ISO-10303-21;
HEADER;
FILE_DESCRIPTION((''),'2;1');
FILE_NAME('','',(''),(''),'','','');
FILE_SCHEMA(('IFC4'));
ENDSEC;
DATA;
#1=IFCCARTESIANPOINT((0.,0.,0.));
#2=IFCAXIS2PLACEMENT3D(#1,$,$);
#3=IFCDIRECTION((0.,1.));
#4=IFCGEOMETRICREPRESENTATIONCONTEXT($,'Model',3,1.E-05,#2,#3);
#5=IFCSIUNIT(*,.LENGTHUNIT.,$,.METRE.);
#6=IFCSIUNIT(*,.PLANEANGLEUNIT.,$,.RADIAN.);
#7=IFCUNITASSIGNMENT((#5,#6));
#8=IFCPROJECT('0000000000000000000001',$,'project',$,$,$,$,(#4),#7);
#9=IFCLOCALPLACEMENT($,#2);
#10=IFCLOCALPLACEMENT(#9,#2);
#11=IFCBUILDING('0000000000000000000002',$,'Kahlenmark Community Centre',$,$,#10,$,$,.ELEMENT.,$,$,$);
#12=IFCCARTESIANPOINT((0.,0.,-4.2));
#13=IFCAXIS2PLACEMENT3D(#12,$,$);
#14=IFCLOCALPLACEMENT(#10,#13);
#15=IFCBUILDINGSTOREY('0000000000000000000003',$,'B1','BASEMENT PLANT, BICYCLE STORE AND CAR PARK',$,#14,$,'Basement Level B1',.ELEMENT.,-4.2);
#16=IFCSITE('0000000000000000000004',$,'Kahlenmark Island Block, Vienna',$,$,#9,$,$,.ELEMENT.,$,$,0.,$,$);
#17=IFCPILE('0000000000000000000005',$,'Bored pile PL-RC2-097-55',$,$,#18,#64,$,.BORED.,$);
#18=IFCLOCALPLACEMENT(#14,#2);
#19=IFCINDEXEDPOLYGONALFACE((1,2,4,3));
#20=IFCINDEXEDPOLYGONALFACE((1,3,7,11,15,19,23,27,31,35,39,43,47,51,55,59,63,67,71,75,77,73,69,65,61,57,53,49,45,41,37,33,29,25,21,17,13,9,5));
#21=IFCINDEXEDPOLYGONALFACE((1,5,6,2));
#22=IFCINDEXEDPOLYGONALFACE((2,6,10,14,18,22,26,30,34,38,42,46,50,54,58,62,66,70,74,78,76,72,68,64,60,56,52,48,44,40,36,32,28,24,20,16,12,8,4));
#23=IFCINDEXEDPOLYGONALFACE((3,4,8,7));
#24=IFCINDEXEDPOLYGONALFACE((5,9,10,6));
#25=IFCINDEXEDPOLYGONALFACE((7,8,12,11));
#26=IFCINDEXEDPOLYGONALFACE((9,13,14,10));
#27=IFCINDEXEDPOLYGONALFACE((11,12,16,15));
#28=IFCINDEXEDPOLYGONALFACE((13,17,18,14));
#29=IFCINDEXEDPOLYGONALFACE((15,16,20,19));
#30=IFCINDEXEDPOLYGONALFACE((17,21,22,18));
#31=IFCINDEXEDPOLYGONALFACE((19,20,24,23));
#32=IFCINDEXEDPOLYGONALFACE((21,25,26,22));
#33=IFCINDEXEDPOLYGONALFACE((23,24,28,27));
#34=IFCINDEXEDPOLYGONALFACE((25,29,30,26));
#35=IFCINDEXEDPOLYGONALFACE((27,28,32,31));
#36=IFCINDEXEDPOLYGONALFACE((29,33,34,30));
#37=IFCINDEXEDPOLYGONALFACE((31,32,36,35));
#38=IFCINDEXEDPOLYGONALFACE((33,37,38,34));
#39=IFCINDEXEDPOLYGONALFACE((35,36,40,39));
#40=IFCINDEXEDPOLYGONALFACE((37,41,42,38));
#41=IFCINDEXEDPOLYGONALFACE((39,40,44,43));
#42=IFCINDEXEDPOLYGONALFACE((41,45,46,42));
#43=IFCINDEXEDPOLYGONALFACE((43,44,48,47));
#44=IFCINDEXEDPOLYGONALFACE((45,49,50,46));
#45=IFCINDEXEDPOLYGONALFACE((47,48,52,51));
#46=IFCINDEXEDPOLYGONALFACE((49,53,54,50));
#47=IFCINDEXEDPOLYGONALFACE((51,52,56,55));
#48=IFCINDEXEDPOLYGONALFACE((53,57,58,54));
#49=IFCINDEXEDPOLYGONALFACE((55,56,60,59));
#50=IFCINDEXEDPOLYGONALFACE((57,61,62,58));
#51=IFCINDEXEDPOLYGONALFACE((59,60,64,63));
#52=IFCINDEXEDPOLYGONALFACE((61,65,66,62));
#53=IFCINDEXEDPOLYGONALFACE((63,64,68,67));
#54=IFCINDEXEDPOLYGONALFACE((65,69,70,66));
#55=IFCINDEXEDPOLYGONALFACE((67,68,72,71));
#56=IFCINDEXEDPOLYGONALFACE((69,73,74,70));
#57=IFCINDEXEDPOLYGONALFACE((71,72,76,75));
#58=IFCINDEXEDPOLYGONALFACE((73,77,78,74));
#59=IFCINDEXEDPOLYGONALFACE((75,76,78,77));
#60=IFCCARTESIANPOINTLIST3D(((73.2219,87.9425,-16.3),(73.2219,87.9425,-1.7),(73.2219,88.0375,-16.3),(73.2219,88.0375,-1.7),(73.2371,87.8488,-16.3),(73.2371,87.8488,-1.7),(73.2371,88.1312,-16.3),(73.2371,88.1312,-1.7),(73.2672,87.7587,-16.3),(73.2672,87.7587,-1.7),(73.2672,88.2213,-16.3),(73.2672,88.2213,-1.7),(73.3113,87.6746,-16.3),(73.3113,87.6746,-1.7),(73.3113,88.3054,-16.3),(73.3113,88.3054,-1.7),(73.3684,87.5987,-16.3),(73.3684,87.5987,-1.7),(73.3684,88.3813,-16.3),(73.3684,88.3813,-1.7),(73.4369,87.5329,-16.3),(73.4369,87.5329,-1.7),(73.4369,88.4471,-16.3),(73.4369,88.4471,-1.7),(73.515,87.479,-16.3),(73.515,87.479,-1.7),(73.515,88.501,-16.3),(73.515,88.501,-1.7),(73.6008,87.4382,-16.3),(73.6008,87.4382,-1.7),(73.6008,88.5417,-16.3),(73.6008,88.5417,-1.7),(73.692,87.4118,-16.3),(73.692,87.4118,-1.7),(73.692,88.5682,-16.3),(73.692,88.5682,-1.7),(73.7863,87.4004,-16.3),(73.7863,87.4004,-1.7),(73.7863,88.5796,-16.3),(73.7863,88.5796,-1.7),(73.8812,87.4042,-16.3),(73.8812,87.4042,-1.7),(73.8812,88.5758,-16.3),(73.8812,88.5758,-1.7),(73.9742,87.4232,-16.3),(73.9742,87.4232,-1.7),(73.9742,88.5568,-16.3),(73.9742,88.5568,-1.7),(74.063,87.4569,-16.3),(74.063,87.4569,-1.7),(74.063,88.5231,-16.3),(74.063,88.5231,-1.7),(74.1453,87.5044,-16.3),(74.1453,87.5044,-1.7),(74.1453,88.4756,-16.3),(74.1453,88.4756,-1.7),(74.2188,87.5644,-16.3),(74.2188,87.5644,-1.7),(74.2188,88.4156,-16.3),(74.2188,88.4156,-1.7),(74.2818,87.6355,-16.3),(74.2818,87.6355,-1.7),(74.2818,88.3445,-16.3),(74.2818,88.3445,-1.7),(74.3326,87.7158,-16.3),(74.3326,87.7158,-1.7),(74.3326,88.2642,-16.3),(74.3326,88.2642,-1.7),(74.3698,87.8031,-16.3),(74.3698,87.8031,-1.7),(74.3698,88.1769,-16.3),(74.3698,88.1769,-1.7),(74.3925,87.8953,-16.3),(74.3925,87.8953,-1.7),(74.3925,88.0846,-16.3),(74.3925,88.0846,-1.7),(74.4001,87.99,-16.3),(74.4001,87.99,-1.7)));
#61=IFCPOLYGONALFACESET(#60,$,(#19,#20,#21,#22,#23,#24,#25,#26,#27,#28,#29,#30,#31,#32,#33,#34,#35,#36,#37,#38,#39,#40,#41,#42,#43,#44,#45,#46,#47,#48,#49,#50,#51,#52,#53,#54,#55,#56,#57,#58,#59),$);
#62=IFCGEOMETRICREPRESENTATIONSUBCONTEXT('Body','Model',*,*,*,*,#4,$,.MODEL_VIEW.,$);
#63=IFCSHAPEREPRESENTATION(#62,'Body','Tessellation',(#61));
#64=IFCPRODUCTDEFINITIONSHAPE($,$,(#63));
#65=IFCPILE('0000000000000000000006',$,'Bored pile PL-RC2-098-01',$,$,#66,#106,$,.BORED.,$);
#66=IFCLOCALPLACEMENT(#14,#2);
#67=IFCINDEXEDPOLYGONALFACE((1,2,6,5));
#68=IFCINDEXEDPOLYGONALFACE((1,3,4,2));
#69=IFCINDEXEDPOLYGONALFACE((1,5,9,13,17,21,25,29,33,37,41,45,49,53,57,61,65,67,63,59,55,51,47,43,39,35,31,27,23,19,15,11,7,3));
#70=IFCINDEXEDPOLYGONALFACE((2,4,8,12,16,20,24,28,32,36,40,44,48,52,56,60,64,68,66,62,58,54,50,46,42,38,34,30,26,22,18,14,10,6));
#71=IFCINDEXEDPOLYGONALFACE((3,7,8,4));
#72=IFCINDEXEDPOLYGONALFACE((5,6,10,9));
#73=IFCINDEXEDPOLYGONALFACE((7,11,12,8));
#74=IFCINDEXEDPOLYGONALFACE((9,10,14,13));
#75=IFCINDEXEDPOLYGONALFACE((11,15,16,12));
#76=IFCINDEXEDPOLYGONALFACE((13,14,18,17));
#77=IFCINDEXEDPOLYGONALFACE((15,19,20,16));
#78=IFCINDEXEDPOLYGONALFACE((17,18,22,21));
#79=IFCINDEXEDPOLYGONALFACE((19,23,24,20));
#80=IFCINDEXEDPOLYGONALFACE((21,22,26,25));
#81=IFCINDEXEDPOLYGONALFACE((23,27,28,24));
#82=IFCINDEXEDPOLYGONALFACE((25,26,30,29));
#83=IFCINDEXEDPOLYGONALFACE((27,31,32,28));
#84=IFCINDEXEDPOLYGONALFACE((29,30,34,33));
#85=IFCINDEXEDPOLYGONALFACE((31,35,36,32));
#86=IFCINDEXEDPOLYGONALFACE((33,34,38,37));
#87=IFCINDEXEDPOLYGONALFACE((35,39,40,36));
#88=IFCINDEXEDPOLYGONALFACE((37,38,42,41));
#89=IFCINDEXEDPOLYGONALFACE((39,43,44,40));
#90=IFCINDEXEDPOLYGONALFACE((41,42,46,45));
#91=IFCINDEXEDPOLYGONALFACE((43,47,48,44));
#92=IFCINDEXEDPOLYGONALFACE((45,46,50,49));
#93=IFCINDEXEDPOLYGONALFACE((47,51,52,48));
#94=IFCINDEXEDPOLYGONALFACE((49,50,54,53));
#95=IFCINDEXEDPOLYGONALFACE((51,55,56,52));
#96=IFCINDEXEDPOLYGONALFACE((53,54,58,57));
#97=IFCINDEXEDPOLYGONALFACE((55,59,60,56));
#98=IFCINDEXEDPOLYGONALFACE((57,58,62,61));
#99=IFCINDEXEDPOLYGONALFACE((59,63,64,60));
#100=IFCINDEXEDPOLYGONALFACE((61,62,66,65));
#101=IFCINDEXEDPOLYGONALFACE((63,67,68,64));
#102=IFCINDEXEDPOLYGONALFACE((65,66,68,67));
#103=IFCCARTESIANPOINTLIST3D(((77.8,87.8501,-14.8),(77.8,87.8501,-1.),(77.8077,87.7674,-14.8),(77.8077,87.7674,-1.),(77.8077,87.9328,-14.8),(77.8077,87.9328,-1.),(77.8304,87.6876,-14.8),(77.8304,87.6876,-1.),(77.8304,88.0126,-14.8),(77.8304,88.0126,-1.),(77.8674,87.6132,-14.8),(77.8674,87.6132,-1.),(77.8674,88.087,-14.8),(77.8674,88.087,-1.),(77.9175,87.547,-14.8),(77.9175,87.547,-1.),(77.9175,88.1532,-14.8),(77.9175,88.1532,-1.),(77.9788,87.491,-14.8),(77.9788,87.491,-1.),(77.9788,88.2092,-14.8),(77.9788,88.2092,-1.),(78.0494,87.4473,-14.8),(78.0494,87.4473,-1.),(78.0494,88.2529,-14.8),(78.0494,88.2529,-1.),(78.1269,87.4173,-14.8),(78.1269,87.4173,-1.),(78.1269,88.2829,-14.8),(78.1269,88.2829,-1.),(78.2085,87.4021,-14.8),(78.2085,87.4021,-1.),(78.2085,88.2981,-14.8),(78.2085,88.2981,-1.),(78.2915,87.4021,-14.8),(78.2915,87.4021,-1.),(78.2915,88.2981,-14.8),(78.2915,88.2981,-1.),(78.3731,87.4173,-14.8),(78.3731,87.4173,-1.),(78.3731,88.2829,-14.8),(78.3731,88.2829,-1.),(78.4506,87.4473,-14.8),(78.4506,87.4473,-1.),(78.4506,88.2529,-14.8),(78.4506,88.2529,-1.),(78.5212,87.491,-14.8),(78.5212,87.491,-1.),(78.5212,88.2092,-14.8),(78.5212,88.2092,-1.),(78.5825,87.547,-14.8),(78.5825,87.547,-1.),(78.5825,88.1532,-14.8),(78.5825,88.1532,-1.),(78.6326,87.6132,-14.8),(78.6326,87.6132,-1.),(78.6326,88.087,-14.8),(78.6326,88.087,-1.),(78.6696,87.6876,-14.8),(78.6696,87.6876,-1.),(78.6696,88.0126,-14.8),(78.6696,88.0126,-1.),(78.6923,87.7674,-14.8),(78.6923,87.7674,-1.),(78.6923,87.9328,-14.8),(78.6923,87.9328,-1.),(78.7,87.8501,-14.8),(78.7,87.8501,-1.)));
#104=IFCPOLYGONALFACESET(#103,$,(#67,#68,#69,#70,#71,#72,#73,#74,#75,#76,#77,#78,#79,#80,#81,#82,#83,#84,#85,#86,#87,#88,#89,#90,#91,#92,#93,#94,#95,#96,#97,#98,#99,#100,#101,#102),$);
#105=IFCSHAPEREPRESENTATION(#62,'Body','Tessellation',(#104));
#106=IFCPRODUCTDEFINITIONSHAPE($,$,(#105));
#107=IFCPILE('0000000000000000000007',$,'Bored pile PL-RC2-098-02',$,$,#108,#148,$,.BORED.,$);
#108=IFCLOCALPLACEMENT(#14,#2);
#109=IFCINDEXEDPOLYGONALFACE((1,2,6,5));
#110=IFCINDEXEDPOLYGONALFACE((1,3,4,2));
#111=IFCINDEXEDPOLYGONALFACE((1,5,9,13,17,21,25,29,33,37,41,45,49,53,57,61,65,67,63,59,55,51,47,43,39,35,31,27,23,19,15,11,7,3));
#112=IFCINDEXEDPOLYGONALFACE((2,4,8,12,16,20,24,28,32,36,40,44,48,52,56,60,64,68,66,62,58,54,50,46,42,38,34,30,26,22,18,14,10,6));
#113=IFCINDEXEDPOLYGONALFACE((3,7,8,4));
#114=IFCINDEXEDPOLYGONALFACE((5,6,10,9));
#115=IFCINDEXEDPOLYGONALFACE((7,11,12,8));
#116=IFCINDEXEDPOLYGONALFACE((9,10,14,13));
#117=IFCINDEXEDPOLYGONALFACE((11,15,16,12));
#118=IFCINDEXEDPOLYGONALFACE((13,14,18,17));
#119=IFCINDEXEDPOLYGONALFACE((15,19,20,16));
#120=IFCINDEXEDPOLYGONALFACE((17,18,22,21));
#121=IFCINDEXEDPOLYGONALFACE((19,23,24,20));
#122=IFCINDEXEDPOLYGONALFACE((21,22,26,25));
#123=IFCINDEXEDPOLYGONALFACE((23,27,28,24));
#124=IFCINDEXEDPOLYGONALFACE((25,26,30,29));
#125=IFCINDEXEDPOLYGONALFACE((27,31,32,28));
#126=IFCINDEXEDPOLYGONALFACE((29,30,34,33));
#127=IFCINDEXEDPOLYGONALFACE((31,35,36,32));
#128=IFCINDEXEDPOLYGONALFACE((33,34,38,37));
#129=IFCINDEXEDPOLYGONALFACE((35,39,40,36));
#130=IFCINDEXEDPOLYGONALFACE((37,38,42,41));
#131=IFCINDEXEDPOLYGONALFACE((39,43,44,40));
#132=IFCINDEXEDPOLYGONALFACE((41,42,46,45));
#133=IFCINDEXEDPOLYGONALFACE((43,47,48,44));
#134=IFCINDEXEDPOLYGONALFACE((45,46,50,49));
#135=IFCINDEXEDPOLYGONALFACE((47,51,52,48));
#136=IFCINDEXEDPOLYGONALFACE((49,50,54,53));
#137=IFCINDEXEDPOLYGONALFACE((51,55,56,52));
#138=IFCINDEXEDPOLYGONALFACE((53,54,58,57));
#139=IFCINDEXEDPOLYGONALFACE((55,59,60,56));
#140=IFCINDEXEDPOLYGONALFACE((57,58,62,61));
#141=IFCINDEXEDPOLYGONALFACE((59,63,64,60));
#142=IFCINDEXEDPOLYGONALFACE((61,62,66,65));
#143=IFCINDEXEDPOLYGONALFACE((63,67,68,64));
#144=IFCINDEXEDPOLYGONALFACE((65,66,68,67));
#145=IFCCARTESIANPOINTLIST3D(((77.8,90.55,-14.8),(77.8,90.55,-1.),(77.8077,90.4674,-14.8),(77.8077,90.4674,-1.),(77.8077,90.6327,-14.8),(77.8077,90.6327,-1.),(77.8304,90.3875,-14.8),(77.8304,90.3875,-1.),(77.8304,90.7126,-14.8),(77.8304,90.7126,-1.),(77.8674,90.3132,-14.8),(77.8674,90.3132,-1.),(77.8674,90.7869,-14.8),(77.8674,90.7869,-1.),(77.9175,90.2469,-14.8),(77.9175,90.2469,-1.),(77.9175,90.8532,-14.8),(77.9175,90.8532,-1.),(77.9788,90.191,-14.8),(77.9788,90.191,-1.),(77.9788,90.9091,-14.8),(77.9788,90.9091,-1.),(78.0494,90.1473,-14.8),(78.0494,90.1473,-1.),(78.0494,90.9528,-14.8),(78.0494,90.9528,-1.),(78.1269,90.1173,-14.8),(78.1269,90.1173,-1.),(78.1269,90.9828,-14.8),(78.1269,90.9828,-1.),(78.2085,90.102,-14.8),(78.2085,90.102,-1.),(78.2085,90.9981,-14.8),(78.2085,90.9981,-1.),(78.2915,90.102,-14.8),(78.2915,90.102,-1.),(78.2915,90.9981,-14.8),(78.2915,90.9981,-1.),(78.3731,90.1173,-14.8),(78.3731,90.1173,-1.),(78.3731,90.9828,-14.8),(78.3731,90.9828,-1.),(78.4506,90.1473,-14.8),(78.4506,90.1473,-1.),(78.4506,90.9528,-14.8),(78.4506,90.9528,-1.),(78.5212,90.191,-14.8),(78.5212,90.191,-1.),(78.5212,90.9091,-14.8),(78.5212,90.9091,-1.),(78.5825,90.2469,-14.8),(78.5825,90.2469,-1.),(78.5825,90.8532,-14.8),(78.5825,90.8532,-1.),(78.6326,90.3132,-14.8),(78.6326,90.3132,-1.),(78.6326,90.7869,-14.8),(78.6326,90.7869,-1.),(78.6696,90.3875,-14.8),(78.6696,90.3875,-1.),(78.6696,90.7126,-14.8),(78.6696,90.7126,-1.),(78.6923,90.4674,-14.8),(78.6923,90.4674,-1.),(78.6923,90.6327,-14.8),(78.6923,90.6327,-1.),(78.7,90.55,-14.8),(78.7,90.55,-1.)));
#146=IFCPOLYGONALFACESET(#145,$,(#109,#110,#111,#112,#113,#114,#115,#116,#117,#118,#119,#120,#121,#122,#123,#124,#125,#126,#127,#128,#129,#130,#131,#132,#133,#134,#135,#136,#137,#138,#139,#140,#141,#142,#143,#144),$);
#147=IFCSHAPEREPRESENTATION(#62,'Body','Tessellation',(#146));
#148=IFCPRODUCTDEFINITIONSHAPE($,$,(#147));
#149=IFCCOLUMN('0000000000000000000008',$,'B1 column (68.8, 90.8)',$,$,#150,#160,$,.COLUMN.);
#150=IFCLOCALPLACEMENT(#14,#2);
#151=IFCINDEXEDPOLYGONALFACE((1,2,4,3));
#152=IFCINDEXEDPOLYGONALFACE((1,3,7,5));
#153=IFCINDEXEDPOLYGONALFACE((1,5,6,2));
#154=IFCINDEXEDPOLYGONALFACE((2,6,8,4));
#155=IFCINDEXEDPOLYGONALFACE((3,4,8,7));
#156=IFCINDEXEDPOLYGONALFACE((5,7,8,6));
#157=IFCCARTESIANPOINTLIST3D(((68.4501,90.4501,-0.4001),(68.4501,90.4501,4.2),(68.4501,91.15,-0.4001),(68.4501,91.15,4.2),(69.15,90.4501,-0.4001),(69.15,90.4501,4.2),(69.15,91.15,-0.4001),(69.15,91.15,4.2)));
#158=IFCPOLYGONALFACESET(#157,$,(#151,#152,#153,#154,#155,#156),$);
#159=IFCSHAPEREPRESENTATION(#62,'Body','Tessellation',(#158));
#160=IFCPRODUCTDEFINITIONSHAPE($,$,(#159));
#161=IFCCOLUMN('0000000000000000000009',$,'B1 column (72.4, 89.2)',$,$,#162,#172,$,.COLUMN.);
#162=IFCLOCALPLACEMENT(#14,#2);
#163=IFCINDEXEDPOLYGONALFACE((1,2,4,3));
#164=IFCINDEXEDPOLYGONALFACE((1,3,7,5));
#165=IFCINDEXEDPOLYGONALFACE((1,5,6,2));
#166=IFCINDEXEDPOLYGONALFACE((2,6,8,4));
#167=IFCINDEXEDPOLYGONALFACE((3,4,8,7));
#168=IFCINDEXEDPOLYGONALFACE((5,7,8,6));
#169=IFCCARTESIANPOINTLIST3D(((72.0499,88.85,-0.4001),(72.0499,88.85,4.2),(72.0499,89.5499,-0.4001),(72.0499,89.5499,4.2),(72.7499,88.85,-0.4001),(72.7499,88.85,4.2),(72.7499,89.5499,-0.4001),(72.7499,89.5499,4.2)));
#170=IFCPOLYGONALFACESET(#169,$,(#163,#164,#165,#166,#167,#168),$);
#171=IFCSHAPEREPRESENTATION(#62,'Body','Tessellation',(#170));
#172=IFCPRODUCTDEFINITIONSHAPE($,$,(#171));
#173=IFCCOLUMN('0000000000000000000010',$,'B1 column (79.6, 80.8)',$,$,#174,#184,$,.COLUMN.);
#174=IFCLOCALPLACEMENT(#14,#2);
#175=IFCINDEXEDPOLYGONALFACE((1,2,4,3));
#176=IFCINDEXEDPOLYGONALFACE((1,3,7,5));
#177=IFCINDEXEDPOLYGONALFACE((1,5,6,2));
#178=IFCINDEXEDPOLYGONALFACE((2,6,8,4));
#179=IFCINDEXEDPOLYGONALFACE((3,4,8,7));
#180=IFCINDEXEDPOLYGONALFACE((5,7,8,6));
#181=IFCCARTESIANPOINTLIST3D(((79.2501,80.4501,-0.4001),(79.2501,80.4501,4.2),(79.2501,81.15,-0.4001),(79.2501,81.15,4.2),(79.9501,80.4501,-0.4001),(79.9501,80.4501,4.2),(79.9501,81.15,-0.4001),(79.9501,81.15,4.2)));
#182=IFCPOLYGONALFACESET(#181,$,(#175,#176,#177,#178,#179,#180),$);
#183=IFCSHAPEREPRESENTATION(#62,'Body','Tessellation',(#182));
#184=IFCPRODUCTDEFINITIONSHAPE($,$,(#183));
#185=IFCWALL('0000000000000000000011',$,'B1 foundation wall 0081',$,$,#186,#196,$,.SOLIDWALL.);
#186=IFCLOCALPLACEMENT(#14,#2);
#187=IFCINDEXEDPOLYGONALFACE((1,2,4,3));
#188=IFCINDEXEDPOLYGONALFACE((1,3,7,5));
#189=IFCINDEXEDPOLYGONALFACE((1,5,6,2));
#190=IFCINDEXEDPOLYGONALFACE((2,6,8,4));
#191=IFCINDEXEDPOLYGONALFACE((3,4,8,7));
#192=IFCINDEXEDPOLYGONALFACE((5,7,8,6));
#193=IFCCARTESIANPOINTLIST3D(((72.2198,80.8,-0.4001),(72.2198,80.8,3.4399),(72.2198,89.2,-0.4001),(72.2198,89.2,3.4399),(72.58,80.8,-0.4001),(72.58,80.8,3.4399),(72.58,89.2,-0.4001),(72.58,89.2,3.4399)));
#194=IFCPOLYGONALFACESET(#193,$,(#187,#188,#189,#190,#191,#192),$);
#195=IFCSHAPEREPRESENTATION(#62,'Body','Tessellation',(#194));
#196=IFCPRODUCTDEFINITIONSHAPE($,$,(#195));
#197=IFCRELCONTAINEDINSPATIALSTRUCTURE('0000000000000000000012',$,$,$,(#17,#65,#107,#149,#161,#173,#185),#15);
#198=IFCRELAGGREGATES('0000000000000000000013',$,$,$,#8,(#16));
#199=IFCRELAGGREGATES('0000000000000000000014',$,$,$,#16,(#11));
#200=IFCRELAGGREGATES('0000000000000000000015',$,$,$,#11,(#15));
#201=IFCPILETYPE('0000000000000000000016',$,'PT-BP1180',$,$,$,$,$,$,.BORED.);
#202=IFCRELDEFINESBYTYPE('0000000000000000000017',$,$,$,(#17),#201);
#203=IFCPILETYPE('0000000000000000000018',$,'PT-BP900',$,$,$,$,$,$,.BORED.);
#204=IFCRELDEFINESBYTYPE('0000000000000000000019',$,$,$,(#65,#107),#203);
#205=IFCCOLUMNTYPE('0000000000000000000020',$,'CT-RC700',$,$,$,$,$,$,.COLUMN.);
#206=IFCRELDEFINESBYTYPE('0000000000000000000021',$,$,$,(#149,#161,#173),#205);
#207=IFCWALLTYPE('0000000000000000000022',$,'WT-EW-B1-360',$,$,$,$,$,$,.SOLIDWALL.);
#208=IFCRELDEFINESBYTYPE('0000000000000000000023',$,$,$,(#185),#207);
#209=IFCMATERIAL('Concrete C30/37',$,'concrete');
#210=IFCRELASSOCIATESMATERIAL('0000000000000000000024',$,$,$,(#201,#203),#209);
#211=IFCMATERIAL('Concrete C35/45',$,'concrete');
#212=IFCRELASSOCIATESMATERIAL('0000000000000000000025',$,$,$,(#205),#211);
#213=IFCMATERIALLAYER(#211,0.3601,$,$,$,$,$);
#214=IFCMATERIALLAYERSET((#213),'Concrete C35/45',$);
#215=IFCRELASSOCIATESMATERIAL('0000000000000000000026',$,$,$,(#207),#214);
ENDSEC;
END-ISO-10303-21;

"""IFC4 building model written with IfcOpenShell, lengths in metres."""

from ifc_helpers import new_model, si_unit, direction, frame, frame_2d, origin, origin_2d, place, context, subcontext, project, spatial, rectangle, circle, extrude, material, layer, layer_set, material_profile, profile_set, type_object, element, save


model = new_model("IFC4")

# Units and contexts
model_context = context("Model", 3, precision=1e-05, world=origin(), true_north=direction((0.0, 1.0)))
body_context = subcontext(model_context, "Body", "Model", "MODEL_VIEW")
ifc_project = project(units=[si_unit("LENGTHUNIT", "METRE"), si_unit("PLANEANGLEUNIT", "RADIAN")], contexts=[model_context])

# Site, building, storey
site_placement = place(None, origin())
site = spatial("IfcSite", under=ifc_project, at=site_placement, Name="Kahlenmark Island Block, Vienna", CompositionType="ELEMENT", RefElevation=0.0)
building_placement = place(site_placement, origin())
building = spatial("IfcBuilding", under=site, at=building_placement, Name="Kahlenmark Community Centre", CompositionType="ELEMENT")
storey_placement = place(building_placement, frame((0.0, 0.0, -4.2)))
storey = spatial("IfcBuildingStorey", under=building, at=storey_placement, Name="B1", Description="BASEMENT PLANT, BICYCLE STORE AND CAR PARK", LongName="Basement Level B1", CompositionType="ELEMENT", Elevation=-4.2)

# Shared definitions
ifc_material_1 = material(Name="Concrete C30/37", Category="concrete")

# Piles
ifc_material_profile_1 = material_profile(ifc_material_1, circle(Radius=0.5901, at=origin_2d()), Name="BORED PILE 1180")
ifc_profile_set_1 = profile_set([ifc_material_profile_1], Name="Concrete C30/37")
pile_type_1 = type_object("IfcPileType", Name="PT-BP1180", PredefinedType="BORED", material=ifc_profile_set_1)
for number, where, z_axis, x_axis, name in (
    (1, (73.8101, 87.99, -1.7), (0.0, 0.0, -1.0), (1.0, 0.0, 0.0), "Bored pile PL-RC2-097-55"),
):
    element("IfcPile", number, at=place(storey_placement, frame(where, z_axis=z_axis, x_axis=x_axis)), inside=storey, type_object=pile_type_1, Name=name, PredefinedType="BORED", context=body_context, shape_type="SweptSolid", body=[
        extrude(circle(Radius=0.5901, at=origin_2d()), origin(), (0.0, 0.0, 1.0), 14.6001),
    ])
ifc_material_profile_2 = material_profile(ifc_material_1, circle(Radius=0.45, at=origin_2d()), Name="BORED PILE 900")
ifc_profile_set_2 = profile_set([ifc_material_profile_2], Name="Concrete C30/37")
pile_type_2 = type_object("IfcPileType", Name="PT-BP900", PredefinedType="BORED", material=ifc_profile_set_2)
for number, where, z_axis, x_axis, name in (
    (2, (78.25, 87.8501, -1.0), (0.0, 0.0, -1.0), (1.0, 0.0, 0.0), "Bored pile PL-RC2-098-01"),
    (3, (78.25, 90.55, -1.0), (0.0, 0.0, -1.0), (1.0, 0.0, 0.0), "Bored pile PL-RC2-098-02"),
):
    element("IfcPile", number, at=place(storey_placement, frame(where, z_axis=z_axis, x_axis=x_axis)), inside=storey, type_object=pile_type_2, Name=name, PredefinedType="BORED", context=body_context, shape_type="SweptSolid", body=[
        extrude(circle(Radius=0.45, at=origin_2d()), origin(), (0.0, 0.0, 1.0), 13.8),
    ])

# Columns
ifc_material_2 = material(Name="Concrete C35/45", Category="concrete")
ifc_material_profile_3 = material_profile(ifc_material_2, rectangle(XDim=0.7, YDim=0.7, at=origin_2d()), Name="RC 700x700")
ifc_profile_set_3 = profile_set([ifc_material_profile_3], Name="Concrete C35/45")
column_type = type_object("IfcColumnType", Name="CT-RC700", PredefinedType="COLUMN", material=ifc_profile_set_3)
for number, where, z_axis, x_axis, name in (
    (4, (68.8, 90.8, -0.4001), (0.0, 0.0, 1.0), (1.0, 0.0, 0.0), "B1 column (68.8, 90.8)"),
    (5, (72.3999, 89.2, -0.4001), (0.0, 0.0, 1.0), (1.0, 0.0, 0.0), "B1 column (72.4, 89.2)"),
    (6, (79.6001, 80.8, -0.4001), (0.0, 0.0, 1.0), (1.0, 0.0, 0.0), "B1 column (79.6, 80.8)"),
):
    element("IfcColumn", number, at=place(storey_placement, frame(where, z_axis=z_axis, x_axis=x_axis)), inside=storey, type_object=column_type, Name=name, PredefinedType="COLUMN", context=body_context, shape_type="SweptSolid", body=[
        extrude(rectangle(XDim=0.7, YDim=0.7, at=origin_2d()), origin(), (0.0, 0.0, 1.0), 4.6001),
    ])

# Wall
ifc_layer = layer(ifc_material_2, 0.3601)
ifc_layer_set = layer_set([ifc_layer], Name="Concrete C35/45")
wall_type = type_object("IfcWallType", Name="WT-EW-B1-360", PredefinedType="SOLIDWALL", material=ifc_layer_set)
wall_1_placement = place(storey_placement, frame((72.3999, 80.8, -0.4001), z_axis=(0.0, 0.0, 1.0), x_axis=(0.0, 1.0, 0.0)))
element("IfcWall", 7, at=wall_1_placement, inside=storey, type_object=wall_type, Name="B1 foundation wall 0081", PredefinedType="SOLIDWALL", context=body_context, shape_type="SweptSolid", body=[
    extrude(rectangle(XDim=8.3999, YDim=0.3601, at=frame_2d((4.2, 0.0))), origin(), (0.0, 0.0, 1.0), 3.8401),
])

save(model, "model.ifc")
